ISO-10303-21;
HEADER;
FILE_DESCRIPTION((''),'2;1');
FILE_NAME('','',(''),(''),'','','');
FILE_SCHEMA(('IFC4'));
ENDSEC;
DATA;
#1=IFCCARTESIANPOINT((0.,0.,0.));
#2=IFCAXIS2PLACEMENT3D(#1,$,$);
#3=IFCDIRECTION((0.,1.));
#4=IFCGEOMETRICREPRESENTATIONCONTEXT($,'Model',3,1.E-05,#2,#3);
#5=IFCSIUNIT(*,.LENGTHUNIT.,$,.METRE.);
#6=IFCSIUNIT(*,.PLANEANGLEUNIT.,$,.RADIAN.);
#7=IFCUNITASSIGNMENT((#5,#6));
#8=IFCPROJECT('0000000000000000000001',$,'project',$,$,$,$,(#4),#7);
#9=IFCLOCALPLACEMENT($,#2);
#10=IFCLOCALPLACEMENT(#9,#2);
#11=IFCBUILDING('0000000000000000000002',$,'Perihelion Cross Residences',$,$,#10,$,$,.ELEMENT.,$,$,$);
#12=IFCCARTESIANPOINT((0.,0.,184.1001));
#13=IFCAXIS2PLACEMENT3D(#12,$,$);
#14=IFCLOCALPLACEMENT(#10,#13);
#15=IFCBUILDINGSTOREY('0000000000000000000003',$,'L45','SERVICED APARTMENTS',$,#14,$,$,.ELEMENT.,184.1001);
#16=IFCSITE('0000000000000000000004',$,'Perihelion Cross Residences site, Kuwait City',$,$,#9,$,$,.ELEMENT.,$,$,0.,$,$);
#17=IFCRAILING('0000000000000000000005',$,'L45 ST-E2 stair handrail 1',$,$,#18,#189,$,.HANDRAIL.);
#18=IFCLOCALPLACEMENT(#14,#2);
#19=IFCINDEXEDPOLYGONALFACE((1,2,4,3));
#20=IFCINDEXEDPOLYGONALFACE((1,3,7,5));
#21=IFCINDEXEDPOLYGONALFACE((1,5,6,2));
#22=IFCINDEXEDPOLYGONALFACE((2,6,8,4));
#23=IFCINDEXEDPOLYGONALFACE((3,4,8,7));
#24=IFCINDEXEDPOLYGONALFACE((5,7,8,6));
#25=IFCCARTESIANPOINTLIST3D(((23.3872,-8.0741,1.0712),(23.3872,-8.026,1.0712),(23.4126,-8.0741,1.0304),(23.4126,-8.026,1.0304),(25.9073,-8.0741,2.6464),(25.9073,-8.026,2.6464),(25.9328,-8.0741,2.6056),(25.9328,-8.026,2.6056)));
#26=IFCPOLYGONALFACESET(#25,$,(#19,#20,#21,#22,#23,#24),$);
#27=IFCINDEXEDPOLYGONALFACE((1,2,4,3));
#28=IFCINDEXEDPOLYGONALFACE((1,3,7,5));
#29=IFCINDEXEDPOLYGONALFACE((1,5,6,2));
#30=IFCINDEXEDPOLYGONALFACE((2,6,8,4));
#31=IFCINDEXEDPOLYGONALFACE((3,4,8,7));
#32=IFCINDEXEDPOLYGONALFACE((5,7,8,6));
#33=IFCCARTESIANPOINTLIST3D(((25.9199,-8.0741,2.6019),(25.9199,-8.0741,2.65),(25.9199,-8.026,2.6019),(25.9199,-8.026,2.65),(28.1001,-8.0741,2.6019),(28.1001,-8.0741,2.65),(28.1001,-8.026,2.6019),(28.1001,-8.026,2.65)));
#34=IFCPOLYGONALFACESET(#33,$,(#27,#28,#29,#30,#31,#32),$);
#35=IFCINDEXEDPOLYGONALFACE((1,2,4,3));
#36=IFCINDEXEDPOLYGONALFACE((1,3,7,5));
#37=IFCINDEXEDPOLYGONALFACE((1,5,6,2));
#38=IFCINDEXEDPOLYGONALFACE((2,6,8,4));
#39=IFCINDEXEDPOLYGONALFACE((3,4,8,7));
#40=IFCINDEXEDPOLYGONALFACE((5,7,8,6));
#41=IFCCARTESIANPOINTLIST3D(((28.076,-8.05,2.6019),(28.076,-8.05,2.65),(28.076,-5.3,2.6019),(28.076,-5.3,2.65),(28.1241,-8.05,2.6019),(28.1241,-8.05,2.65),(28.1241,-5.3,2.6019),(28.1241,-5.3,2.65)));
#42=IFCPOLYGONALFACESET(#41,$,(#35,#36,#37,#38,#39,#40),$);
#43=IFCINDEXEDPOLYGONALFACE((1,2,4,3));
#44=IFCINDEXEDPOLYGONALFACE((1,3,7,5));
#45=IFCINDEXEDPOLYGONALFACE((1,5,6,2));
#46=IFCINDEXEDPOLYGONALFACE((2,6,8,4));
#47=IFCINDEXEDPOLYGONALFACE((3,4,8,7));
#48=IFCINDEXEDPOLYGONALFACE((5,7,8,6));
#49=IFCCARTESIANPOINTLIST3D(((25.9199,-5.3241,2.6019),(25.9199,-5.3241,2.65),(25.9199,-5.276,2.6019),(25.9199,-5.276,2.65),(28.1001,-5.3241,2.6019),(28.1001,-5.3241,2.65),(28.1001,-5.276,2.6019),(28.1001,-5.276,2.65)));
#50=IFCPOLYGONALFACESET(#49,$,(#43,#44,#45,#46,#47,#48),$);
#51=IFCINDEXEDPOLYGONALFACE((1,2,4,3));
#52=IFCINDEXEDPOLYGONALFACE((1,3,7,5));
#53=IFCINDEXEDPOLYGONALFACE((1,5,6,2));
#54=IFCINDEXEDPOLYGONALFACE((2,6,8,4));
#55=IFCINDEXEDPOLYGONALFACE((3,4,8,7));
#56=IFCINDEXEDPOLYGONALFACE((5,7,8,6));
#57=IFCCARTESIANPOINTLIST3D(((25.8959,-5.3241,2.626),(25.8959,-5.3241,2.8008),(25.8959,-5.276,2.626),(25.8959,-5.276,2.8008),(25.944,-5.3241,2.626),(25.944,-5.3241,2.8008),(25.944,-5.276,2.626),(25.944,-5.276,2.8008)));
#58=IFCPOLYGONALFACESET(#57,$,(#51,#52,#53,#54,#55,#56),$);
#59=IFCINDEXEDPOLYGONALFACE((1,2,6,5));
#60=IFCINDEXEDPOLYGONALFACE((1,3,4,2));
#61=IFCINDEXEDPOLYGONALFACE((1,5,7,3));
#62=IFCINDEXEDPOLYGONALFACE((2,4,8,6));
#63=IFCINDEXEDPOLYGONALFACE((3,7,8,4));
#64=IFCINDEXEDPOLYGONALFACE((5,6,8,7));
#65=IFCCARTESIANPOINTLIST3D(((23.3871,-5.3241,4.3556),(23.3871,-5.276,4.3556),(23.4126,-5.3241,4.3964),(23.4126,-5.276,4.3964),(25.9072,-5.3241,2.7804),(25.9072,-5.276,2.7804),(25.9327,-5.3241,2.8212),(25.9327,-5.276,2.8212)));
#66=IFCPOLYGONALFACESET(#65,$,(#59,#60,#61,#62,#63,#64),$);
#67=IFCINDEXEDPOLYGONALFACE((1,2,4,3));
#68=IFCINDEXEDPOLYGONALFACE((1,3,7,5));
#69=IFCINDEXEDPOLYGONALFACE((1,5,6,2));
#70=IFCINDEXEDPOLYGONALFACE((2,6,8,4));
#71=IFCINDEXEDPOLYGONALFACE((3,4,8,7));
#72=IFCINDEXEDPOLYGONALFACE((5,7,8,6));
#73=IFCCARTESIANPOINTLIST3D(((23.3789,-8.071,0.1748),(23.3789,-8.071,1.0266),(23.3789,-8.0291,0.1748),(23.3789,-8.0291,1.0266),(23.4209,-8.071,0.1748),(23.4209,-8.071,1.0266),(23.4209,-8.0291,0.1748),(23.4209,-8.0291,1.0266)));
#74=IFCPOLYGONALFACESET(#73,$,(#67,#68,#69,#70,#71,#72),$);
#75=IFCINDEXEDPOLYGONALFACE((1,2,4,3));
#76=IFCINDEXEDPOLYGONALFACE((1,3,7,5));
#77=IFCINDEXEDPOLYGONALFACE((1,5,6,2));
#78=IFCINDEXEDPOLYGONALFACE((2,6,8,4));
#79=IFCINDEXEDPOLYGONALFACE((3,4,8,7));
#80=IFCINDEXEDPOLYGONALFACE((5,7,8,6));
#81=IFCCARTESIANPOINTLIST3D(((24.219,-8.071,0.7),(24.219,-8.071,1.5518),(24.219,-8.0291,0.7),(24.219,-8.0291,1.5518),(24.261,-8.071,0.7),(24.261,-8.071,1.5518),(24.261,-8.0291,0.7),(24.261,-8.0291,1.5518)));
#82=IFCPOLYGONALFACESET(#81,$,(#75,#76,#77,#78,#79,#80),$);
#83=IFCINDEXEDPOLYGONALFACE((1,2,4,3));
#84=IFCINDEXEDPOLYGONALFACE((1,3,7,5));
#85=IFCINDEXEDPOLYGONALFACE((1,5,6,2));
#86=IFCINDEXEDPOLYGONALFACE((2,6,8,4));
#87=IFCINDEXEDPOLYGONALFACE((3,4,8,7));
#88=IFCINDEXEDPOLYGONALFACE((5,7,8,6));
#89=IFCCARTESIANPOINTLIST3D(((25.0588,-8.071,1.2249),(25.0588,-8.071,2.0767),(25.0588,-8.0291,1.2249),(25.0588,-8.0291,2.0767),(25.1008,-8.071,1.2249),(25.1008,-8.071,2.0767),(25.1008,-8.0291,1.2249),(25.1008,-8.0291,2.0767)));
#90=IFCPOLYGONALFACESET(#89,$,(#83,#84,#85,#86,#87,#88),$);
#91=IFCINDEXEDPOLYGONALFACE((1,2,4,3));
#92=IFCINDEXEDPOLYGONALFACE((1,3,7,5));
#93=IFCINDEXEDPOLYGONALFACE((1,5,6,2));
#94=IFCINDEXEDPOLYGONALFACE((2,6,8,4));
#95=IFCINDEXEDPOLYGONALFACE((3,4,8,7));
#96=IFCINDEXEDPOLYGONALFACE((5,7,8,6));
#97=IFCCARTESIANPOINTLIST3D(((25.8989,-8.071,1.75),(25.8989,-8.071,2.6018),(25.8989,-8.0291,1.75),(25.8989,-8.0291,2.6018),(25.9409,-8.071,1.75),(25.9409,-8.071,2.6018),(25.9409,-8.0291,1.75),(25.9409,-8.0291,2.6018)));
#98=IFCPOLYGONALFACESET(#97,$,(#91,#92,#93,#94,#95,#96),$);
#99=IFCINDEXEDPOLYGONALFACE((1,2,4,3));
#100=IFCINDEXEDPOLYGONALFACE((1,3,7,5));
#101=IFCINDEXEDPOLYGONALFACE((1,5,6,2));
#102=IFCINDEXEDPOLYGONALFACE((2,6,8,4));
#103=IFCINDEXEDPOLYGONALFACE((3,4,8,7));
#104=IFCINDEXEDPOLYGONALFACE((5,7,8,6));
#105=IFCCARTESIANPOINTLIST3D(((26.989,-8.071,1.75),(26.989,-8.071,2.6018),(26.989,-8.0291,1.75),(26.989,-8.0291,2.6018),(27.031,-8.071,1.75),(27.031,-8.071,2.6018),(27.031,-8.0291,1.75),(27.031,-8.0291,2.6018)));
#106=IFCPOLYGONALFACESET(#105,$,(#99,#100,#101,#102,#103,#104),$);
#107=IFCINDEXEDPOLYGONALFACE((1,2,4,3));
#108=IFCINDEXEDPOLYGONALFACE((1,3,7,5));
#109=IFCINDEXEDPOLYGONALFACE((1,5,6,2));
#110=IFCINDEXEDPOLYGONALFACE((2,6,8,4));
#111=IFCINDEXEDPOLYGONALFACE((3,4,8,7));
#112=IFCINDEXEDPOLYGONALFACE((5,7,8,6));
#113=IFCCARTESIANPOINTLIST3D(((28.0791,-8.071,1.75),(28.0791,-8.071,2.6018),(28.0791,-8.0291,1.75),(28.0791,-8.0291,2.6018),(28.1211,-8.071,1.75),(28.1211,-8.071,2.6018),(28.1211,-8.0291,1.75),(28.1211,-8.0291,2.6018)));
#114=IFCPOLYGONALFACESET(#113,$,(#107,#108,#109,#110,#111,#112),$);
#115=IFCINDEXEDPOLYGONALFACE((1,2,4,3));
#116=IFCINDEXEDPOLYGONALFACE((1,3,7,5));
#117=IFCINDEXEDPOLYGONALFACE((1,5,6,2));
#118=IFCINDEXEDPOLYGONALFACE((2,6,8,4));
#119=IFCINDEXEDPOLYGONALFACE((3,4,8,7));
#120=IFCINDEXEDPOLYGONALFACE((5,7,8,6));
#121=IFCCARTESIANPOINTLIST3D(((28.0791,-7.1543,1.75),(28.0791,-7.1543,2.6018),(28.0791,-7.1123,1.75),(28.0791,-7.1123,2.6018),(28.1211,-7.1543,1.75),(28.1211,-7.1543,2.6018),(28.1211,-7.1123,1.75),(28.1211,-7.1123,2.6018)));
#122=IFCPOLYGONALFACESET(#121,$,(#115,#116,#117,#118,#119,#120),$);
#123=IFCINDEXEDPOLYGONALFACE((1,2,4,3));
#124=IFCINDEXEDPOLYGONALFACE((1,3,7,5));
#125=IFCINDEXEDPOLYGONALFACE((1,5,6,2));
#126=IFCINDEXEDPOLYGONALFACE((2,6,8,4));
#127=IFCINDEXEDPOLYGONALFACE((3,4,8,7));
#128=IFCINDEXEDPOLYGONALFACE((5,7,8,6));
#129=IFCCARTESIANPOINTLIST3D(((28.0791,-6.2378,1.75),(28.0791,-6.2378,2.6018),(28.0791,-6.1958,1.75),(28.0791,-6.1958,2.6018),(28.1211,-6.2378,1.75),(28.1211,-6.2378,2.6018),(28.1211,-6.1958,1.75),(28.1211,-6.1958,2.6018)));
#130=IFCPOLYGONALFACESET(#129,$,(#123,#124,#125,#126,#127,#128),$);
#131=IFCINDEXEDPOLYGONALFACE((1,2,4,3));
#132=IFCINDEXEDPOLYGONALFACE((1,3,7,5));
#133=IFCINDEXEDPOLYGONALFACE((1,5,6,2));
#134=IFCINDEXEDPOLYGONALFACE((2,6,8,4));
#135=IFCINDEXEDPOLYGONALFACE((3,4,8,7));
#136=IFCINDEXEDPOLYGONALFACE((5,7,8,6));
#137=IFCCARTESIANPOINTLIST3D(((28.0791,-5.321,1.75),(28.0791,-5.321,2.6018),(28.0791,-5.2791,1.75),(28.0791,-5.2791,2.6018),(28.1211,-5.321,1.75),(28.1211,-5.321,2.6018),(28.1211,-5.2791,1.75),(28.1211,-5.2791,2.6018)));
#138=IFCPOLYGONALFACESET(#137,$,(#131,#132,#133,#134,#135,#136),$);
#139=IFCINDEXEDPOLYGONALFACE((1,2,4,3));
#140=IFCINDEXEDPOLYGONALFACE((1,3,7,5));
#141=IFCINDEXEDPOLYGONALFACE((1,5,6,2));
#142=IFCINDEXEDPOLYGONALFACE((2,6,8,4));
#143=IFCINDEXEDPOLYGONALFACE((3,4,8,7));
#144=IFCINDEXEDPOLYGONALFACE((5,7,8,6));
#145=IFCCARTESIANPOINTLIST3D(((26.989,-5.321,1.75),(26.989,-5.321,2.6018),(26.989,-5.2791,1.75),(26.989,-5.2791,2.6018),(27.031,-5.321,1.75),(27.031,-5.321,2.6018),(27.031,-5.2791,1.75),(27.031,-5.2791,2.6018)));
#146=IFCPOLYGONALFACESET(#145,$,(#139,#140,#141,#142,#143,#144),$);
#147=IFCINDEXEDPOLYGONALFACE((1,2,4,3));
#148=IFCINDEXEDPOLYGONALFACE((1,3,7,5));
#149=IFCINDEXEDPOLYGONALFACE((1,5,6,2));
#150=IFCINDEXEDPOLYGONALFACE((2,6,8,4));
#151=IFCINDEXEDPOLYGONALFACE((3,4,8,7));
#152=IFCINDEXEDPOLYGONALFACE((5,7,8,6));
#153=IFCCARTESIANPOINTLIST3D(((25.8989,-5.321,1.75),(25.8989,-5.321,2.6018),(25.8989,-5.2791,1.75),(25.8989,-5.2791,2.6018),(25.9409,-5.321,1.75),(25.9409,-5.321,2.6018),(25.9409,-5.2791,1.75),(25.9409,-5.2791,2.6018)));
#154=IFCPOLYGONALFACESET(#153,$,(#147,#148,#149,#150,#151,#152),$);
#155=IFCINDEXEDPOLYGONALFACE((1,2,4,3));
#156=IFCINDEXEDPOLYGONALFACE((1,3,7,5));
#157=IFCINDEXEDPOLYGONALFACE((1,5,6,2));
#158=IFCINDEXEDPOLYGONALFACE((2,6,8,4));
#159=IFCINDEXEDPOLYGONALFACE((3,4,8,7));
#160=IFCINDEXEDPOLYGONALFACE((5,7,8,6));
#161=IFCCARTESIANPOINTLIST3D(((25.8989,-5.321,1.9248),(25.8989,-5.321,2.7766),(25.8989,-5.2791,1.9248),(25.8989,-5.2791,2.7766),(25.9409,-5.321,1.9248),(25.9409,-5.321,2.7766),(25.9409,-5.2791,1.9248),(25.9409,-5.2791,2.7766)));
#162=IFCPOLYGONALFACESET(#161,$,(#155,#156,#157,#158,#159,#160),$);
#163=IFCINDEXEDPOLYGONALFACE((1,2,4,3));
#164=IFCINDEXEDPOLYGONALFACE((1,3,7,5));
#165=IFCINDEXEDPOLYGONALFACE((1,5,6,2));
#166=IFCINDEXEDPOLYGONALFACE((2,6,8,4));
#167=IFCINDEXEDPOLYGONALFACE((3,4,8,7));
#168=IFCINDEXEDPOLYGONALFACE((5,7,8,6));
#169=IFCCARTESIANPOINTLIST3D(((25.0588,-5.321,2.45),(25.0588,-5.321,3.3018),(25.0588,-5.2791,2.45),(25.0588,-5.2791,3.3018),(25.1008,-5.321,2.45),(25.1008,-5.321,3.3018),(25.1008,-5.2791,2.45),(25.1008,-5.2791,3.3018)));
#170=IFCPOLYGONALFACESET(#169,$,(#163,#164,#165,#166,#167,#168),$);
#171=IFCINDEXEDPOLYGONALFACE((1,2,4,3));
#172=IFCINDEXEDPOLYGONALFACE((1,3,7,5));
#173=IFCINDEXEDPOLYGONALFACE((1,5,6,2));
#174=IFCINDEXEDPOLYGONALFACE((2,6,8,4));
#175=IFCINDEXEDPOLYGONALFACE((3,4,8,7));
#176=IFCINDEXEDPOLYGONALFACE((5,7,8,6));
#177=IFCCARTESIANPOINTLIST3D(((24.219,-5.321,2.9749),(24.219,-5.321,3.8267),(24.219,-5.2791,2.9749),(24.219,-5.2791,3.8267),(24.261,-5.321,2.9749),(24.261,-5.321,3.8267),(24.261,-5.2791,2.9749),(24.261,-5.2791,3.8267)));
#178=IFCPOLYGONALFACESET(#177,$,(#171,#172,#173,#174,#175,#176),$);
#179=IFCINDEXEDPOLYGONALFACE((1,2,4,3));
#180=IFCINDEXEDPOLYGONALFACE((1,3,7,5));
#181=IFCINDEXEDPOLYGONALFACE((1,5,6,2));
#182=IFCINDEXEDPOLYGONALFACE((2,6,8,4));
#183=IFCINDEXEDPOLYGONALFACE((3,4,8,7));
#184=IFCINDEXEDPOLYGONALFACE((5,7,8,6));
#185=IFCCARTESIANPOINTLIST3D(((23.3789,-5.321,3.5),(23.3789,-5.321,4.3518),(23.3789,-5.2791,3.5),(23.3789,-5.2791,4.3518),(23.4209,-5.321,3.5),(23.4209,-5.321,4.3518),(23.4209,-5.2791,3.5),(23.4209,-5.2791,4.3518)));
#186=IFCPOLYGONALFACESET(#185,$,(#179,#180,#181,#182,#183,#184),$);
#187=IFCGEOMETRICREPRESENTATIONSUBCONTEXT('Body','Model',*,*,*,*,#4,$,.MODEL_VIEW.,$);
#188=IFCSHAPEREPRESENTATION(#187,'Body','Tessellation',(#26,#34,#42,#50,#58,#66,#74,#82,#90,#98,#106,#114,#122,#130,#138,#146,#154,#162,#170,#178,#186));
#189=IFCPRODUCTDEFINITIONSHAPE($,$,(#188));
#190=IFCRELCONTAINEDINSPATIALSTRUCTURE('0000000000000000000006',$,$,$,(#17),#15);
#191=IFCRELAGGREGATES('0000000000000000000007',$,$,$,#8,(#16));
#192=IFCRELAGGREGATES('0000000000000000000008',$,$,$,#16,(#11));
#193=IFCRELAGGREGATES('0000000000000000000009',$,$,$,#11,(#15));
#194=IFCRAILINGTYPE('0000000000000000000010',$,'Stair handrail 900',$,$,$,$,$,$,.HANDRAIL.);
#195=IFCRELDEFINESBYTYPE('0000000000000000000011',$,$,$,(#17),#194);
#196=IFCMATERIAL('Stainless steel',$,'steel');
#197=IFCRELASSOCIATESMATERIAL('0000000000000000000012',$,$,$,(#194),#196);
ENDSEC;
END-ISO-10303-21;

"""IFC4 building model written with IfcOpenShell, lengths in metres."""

from ifc_helpers import new_model, si_unit, direction, frame, origin, origin_2d, place, context, subcontext, project, spatial, rectangle, extrude, material, type_object, element, save


model = new_model("IFC4")

# Units and contexts
model_context = context("Model", 3, precision=1e-05, world=origin(), true_north=direction((0.0, 1.0)))
body_context = subcontext(model_context, "Body", "Model", "MODEL_VIEW")
ifc_project = project(units=[si_unit("LENGTHUNIT", "METRE"), si_unit("PLANEANGLEUNIT", "RADIAN")], contexts=[model_context])

# Site, building, storey
site_placement = place(None, origin())
site = spatial("IfcSite", under=ifc_project, at=site_placement, Name="Perihelion Cross Residences site, Kuwait City", CompositionType="ELEMENT", RefElevation=0.0)
building_placement = place(site_placement, origin())
building = spatial("IfcBuilding", under=site, at=building_placement, Name="Perihelion Cross Residences", CompositionType="ELEMENT")
storey_placement = place(building_placement, frame((0.0, 0.0, 184.1001)))
storey = spatial("IfcBuildingStorey", under=building, at=storey_placement, Name="L45", Description="SERVICED APARTMENTS", CompositionType="ELEMENT", Elevation=184.1001)

# Railing
ifc_material_1 = material(Name="Stainless steel", Category="steel")
railing_type_1 = type_object("IfcRailingType", Name="Stair handrail 900", PredefinedType="HANDRAIL", material=ifc_material_1)
railing_1_placement = place(storey_placement, frame((23.3999, -8.05, 0.1748)))
element("IfcRailing", 1, at=railing_1_placement, inside=storey, type_object=railing_type_1, Name="L45 ST-E2 stair handrail 1", PredefinedType="HANDRAIL", context=body_context, shape_type="SweptSolid", body=[
    extrude(rectangle(XDim=0.0481, YDim=0.0481, at=origin_2d()), frame((0.0, 0.0, 0.876), z_axis=(0.847971, 0.0, 0.530043), x_axis=(0.0, 1.0, 0.0)), (0.0, 0.0, 1.0), 2.9719),
    extrude(rectangle(XDim=0.0481, YDim=0.0481, at=origin_2d()), frame((2.52, 0.0, 2.4512), z_axis=(1.0, 0.0, 0.0), x_axis=(0.0, 1.0, 0.0)), (0.0, 0.0, 1.0), 2.1802),
    extrude(rectangle(XDim=0.0481, YDim=0.0481, at=origin_2d()), frame((4.7002, 0.0, 2.4512), z_axis=(0.0, 1.0, 0.0), x_axis=(-1.0, 0.0, 0.0)), (0.0, 0.0, 1.0), 2.75),
    extrude(rectangle(XDim=0.0481, YDim=0.0481, at=origin_2d()), frame((4.7002, 2.75, 2.4512), z_axis=(-1.0, 0.0, 0.0), x_axis=(0.0, -1.0, 0.0)), (0.0, 0.0, 1.0), 2.1802),
    extrude(rectangle(XDim=0.0481, YDim=0.0481, at=origin_2d()), frame((2.52, 2.75, 2.4512), z_axis=(0.0, 0.0, 1.0), x_axis=(1.0, 0.0, 0.0)), (0.0, 0.0, 1.0), 0.1748),
    extrude(rectangle(XDim=0.0481, YDim=0.0481, at=origin_2d()), frame((2.52, 2.75, 2.626), z_axis=(-0.847971, 0.0, 0.530043), x_axis=(0.0, -1.0, 0.0)), (0.0, 0.0, 1.0), 2.9719),
    extrude(rectangle(XDim=0.042, YDim=0.042, at=origin_2d()), origin(), (0.0, 0.0, 1.0), 0.8518),
    extrude(rectangle(XDim=0.042, YDim=0.042, at=origin_2d()), frame((0.8401, 0.0, 0.5251)), (0.0, 0.0, 1.0), 0.8518),
    extrude(rectangle(XDim=0.042, YDim=0.042, at=origin_2d()), frame((1.6799, 0.0, 1.05)), (0.0, 0.0, 1.0), 0.8518),
    extrude(rectangle(XDim=0.042, YDim=0.042, at=origin_2d()), frame((2.52, 0.0, 1.5752)), (0.0, 0.0, 1.0), 0.8518),
    extrude(rectangle(XDim=0.042, YDim=0.042, at=origin_2d()), frame((3.6101, 0.0, 1.5752)), (0.0, 0.0, 1.0), 0.8518),
    extrude(rectangle(XDim=0.042, YDim=0.042, at=origin_2d()), frame((4.7002, 0.0, 1.5752)), (0.0, 0.0, 1.0), 0.8518),
    extrude(rectangle(XDim=0.042, YDim=0.042, at=origin_2d()), frame((4.7002, 0.9167, 1.5752)), (0.0, 0.0, 1.0), 0.8518),
    extrude(rectangle(XDim=0.042, YDim=0.042, at=origin_2d()), frame((4.7002, 1.8333, 1.5752)), (0.0, 0.0, 1.0), 0.8518),
    extrude(rectangle(XDim=0.042, YDim=0.042, at=origin_2d()), frame((4.7002, 2.75, 1.5752)), (0.0, 0.0, 1.0), 0.8518),
    extrude(rectangle(XDim=0.042, YDim=0.042, at=origin_2d()), frame((3.6101, 2.75, 1.5752)), (0.0, 0.0, 1.0), 0.8518),
    extrude(rectangle(XDim=0.042, YDim=0.042, at=origin_2d()), frame((2.52, 2.75, 1.5752)), (0.0, 0.0, 1.0), 0.8518),
    extrude(rectangle(XDim=0.042, YDim=0.042, at=origin_2d()), frame((2.52, 2.75, 1.75)), (0.0, 0.0, 1.0), 0.8518),
    extrude(rectangle(XDim=0.042, YDim=0.042, at=origin_2d()), frame((1.6799, 2.75, 2.2751)), (0.0, 0.0, 1.0), 0.8518),
    extrude(rectangle(XDim=0.042, YDim=0.042, at=origin_2d()), frame((0.8401, 2.75, 2.8)), (0.0, 0.0, 1.0), 0.8518),
    extrude(rectangle(XDim=0.042, YDim=0.042, at=origin_2d()), frame((0.0, 2.75, 3.3252)), (0.0, 0.0, 1.0), 0.8518),
])

save(model, "model.ifc")
